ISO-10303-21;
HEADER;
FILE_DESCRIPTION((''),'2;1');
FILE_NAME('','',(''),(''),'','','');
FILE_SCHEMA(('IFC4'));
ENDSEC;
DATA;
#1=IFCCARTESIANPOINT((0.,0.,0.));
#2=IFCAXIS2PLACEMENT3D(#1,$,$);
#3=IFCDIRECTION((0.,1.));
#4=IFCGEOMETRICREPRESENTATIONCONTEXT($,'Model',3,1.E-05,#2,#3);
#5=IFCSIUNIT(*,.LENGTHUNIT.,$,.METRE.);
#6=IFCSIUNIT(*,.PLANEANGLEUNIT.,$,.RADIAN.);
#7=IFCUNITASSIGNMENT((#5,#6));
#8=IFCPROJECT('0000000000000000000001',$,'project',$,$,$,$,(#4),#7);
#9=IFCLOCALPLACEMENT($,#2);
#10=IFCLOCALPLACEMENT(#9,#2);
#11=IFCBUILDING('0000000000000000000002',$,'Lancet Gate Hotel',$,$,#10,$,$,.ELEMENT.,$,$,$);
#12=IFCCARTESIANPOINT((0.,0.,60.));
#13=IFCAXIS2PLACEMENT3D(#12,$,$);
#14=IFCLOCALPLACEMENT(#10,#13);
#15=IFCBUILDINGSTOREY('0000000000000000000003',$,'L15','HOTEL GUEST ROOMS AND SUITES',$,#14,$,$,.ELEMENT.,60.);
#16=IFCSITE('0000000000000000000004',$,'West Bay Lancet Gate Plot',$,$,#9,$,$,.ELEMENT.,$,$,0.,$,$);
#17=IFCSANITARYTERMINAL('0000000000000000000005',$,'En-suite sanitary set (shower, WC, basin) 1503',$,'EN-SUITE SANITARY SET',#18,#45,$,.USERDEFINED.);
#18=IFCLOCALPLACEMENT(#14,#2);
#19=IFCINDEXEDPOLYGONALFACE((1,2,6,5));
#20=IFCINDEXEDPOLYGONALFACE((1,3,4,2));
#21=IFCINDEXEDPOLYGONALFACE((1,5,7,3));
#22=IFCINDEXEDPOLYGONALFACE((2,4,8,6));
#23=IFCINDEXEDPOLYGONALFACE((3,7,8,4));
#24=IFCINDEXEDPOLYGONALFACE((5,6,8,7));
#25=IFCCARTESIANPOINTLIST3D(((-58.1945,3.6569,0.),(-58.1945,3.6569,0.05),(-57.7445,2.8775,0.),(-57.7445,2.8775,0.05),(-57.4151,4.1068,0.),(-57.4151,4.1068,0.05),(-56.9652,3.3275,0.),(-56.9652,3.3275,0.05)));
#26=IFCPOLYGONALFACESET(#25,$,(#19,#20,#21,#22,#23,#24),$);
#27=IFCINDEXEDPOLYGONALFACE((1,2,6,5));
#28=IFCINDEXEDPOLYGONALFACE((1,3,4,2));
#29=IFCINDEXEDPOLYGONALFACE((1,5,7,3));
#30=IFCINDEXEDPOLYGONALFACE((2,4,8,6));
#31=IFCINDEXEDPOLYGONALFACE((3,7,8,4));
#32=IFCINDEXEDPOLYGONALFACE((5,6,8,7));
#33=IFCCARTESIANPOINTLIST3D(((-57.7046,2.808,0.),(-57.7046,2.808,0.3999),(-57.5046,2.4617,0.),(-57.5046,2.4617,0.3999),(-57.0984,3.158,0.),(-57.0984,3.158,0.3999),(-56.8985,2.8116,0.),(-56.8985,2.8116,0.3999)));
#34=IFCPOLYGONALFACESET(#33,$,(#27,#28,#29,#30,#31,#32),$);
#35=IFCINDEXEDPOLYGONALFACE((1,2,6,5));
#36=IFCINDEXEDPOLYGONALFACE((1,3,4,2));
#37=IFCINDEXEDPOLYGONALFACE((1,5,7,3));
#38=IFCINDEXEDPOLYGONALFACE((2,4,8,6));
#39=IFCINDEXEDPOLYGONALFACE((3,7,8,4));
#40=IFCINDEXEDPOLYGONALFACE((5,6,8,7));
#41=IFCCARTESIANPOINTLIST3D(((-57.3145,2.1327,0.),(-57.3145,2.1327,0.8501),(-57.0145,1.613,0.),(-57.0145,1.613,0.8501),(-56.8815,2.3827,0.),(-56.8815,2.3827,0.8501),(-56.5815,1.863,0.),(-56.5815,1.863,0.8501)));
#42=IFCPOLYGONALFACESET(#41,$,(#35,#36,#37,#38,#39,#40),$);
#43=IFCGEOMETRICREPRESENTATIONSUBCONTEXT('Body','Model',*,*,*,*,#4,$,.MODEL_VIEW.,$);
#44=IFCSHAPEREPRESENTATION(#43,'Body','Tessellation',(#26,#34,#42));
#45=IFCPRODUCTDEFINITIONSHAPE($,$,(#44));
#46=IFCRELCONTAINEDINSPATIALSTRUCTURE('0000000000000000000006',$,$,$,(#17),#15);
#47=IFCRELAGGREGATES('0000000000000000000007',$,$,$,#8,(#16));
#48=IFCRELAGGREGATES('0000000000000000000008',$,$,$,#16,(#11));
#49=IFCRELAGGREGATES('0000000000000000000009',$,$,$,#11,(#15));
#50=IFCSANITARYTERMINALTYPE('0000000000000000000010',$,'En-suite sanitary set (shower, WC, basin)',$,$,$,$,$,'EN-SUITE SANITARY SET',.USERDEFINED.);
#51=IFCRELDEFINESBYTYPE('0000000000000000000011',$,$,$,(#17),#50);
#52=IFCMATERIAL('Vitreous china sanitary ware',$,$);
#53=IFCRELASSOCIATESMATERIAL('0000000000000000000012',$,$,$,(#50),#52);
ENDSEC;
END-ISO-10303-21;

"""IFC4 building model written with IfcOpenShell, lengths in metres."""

from ifc_helpers import new_model, si_unit, direction, frame, origin, origin_2d, place, context, subcontext, project, spatial, rectangle, extrude, material, type_object, element, save


model = new_model("IFC4")

# Units and contexts
model_context = context("Model", 3, precision=1e-05, world=origin(), true_north=direction((0.0, 1.0)))
body_context = subcontext(model_context, "Body", "Model", "MODEL_VIEW")
ifc_project = project(units=[si_unit("LENGTHUNIT", "METRE"), si_unit("PLANEANGLEUNIT", "RADIAN")], contexts=[model_context])

# Site, building, storey
site_placement = place(None, origin())
site = spatial("IfcSite", under=ifc_project, at=site_placement, Name="West Bay Lancet Gate Plot", CompositionType="ELEMENT", RefElevation=0.0)
building_placement = place(site_placement, origin())
building = spatial("IfcBuilding", under=site, at=building_placement, Name="Lancet Gate Hotel", CompositionType="ELEMENT")
storey_placement = place(building_placement, frame((0.0, 0.0, 60.0)))
storey = spatial("IfcBuildingStorey", under=building, at=storey_placement, Name="L15", Description="HOTEL GUEST ROOMS AND SUITES", CompositionType="ELEMENT", Elevation=60.0)

# Sanitary terminal
ifc_material_1 = material(Name="Vitreous china sanitary ware")
sanitary_terminal_type = type_object("IfcSanitaryTerminalType", Name="En-suite sanitary set (shower, WC, basin)", ElementType="EN-SUITE SANITARY SET", PredefinedType="USERDEFINED", material=ifc_material_1)
sanitary_terminal_placement = place(storey_placement, frame((-57.5798, 3.4922, 0.0), z_axis=(0.0, 0.0, 1.0), x_axis=(1.0, 0.0, 0.0)))
element("IfcSanitaryTerminal", 1, at=sanitary_terminal_placement, inside=storey, type_object=sanitary_terminal_type, Name="En-suite sanitary set (shower, WC, basin) 1503", ObjectType="EN-SUITE SANITARY SET", PredefinedType="USERDEFINED", context=body_context, shape_type="SweptSolid", body=[
    extrude(rectangle(XDim=0.8999, YDim=0.8999, at=origin_2d()), frame((0.0, 0.0, 0.0), z_axis=(0.0, 0.0, 1.0), x_axis=(-0.5, 0.866025, 0.0)), (0.0, 0.0, 1.0), 0.05),
    extrude(rectangle(XDim=0.3999, YDim=0.7, at=origin_2d()), frame((0.2783, -0.6824, 0.0), z_axis=(0.0, 0.0, 1.0), x_axis=(-0.5, 0.866025, 0.0)), (0.0, 0.0, 1.0), 0.3999),
    extrude(rectangle(XDim=0.6001, YDim=0.5, at=origin_2d()), frame((0.6318, -1.4944, 0.0), z_axis=(0.0, 0.0, 1.0), x_axis=(-0.5, 0.866025, 0.0)), (0.0, 0.0, 1.0), 0.8501),
])

save(model, "model.ifc")
